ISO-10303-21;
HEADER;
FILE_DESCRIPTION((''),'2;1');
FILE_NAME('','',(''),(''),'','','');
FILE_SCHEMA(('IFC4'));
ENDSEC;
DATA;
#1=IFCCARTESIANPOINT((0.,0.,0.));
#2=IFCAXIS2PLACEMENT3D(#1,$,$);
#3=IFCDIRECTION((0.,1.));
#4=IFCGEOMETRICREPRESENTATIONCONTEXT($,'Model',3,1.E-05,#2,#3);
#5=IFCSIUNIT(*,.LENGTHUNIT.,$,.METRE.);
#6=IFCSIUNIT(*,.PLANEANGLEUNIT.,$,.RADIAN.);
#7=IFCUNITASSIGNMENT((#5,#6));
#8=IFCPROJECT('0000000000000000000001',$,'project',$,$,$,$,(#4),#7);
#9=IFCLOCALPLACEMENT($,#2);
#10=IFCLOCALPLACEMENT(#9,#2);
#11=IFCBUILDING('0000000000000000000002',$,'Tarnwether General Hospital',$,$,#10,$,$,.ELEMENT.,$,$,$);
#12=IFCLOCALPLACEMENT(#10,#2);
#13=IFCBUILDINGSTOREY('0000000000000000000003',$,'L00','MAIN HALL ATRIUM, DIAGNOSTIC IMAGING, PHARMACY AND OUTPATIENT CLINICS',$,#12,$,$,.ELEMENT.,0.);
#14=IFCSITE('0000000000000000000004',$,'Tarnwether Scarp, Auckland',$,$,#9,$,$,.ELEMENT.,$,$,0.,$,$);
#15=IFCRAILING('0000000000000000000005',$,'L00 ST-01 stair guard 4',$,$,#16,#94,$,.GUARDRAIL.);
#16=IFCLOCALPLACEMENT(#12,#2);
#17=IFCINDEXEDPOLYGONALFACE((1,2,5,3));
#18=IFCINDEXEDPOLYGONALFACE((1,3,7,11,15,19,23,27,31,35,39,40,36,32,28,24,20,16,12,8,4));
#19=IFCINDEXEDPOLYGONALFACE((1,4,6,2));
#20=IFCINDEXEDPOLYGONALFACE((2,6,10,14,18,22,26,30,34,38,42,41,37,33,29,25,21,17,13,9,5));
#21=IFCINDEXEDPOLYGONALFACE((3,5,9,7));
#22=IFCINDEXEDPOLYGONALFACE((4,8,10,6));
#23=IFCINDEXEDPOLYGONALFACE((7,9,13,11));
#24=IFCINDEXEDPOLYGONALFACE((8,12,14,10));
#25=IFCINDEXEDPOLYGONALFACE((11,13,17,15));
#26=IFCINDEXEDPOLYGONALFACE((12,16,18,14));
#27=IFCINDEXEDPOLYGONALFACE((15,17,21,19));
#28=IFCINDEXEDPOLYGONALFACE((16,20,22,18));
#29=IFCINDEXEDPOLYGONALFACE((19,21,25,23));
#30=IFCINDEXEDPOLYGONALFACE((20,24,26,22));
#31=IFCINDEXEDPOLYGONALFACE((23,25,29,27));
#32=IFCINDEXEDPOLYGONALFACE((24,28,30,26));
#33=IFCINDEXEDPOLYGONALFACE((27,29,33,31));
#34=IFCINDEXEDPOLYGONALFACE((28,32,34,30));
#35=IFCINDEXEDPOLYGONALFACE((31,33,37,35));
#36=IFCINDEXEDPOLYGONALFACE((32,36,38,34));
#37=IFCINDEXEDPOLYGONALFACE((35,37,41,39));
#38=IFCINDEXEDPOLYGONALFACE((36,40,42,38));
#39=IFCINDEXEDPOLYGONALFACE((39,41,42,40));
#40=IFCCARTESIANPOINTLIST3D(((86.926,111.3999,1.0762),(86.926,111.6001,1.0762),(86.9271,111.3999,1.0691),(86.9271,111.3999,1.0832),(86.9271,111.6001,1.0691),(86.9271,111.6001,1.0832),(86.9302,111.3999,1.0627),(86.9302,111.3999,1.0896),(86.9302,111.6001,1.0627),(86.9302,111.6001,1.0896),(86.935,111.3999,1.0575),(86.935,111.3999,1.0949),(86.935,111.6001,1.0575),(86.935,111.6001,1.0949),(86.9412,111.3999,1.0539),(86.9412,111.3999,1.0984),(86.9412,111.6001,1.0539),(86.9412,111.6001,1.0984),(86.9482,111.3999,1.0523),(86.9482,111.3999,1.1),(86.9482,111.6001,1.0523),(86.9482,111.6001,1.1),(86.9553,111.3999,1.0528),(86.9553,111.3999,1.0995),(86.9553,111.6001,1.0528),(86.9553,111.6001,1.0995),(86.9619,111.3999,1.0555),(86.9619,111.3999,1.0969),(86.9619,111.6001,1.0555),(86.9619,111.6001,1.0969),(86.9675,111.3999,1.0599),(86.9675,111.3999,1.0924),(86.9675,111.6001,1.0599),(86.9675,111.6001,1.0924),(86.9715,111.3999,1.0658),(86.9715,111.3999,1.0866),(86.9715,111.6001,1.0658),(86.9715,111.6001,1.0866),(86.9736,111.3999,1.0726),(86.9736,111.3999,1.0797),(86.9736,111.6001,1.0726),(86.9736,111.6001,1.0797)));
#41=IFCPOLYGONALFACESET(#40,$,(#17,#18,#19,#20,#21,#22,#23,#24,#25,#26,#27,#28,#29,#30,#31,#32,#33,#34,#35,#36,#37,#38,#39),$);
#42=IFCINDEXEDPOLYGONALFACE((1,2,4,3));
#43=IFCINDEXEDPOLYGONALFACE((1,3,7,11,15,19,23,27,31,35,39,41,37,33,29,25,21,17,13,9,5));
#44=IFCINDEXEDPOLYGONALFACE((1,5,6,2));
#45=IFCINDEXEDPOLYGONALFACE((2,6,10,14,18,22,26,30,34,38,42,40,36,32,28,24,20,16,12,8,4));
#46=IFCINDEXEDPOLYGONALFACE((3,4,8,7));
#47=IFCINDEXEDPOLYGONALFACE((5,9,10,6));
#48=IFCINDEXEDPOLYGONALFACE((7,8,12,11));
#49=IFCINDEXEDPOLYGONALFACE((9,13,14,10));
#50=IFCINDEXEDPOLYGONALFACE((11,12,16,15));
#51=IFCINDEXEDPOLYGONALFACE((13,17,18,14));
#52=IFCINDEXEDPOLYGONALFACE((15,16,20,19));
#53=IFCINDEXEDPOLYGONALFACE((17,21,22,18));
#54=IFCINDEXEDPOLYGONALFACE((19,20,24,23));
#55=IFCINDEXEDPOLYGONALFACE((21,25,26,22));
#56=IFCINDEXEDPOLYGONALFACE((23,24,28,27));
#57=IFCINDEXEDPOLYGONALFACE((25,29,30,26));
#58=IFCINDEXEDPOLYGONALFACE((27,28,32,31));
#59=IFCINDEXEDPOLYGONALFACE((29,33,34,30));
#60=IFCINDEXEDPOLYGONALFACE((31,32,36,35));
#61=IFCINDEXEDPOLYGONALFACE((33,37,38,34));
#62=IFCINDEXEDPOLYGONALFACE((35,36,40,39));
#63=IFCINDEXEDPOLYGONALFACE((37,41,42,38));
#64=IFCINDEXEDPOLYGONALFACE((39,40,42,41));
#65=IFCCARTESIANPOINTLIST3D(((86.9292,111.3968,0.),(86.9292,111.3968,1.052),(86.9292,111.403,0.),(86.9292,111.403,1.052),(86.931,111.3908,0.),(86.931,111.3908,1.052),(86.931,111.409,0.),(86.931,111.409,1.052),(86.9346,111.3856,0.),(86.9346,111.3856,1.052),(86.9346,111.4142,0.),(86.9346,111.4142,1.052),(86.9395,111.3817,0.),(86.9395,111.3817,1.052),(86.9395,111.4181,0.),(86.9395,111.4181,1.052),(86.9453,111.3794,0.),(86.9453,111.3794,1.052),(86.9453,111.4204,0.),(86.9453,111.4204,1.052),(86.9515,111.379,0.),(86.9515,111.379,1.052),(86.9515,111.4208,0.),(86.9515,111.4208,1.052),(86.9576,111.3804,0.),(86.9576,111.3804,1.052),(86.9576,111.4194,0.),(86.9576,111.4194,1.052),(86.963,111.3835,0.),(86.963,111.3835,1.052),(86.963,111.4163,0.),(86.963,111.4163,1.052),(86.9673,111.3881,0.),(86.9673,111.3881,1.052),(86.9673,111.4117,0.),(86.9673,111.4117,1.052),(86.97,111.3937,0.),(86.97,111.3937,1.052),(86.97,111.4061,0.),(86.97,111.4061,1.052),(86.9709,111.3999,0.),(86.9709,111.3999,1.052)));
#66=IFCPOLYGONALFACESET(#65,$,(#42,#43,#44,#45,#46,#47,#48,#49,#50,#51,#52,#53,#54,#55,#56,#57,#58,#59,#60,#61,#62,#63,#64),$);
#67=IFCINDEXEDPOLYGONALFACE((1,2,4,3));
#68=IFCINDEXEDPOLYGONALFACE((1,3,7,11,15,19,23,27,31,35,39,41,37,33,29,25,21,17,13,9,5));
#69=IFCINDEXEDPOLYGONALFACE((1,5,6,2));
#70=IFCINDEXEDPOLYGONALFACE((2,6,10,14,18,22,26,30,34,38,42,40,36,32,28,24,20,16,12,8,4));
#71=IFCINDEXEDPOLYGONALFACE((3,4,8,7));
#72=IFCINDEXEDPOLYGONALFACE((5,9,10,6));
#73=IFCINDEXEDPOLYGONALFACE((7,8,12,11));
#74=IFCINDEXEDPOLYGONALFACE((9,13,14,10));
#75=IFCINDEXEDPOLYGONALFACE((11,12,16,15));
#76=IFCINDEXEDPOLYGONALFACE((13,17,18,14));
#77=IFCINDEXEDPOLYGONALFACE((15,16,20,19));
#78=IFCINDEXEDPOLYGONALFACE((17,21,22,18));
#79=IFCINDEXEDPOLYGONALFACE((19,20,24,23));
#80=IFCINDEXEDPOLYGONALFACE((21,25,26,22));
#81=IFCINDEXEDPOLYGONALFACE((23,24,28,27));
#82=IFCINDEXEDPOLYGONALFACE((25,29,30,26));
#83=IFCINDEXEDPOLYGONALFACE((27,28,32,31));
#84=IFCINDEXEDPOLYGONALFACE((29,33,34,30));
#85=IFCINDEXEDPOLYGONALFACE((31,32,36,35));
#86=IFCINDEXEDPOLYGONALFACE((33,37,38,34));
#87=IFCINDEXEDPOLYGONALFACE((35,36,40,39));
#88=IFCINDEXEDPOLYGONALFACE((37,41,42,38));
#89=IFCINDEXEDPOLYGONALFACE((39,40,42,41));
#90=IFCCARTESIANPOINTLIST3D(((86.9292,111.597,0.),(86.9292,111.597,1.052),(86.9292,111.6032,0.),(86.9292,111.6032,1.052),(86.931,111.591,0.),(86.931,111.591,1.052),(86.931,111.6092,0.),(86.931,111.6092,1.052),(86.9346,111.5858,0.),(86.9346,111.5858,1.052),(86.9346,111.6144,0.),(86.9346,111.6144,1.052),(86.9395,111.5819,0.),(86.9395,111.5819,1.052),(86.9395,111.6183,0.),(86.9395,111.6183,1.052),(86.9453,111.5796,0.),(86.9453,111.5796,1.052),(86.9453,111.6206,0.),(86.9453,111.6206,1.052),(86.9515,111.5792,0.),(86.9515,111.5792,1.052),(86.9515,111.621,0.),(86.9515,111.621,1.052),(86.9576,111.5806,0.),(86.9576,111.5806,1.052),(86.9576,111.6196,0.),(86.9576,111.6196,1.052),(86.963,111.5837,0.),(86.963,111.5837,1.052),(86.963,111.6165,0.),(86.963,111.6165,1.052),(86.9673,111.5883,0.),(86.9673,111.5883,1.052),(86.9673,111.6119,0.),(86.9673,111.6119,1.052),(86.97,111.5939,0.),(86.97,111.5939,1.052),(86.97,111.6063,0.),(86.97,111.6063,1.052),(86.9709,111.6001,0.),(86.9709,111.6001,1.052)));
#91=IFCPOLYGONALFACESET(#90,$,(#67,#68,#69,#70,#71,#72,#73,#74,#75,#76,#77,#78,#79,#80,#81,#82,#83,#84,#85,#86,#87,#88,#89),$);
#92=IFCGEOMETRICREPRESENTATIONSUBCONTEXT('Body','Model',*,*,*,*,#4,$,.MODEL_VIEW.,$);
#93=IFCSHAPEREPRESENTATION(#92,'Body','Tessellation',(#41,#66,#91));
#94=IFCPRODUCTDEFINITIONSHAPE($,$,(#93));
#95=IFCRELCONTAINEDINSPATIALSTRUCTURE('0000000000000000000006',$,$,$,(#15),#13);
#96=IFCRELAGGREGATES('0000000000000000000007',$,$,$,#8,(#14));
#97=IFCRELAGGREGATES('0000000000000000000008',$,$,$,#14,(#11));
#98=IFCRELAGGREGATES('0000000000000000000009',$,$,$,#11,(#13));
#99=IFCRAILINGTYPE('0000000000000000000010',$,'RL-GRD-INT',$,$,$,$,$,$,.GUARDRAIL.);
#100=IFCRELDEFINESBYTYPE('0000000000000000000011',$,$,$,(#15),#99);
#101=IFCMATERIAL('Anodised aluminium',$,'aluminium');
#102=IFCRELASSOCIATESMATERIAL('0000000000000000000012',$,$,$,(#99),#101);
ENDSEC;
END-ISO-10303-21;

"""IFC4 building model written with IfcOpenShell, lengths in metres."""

from ifc_helpers import new_model, si_unit, direction, frame, origin, origin_2d, place, context, subcontext, project, spatial, circle, extrude, material, type_object, element, save


model = new_model("IFC4")

# Units and contexts
model_context = context("Model", 3, precision=1e-05, world=origin(), true_north=direction((0.0, 1.0)))
body_context = subcontext(model_context, "Body", "Model", "MODEL_VIEW")
ifc_project = project(units=[si_unit("LENGTHUNIT", "METRE"), si_unit("PLANEANGLEUNIT", "RADIAN")], contexts=[model_context])

# Site, building, storey
site_placement = place(None, origin())
site = spatial("IfcSite", under=ifc_project, at=site_placement, Name="Tarnwether Scarp, Auckland", CompositionType="ELEMENT", RefElevation=0.0)
building_placement = place(site_placement, origin())
building = spatial("IfcBuilding", under=site, at=building_placement, Name="Tarnwether General Hospital", CompositionType="ELEMENT")
storey_placement = place(building_placement, origin())
storey = spatial("IfcBuildingStorey", under=building, at=storey_placement, Name="L00", Description="MAIN HALL ATRIUM, DIAGNOSTIC IMAGING, PHARMACY AND OUTPATIENT CLINICS", CompositionType="ELEMENT", Elevation=0.0)

# Railing
ifc_material_1 = material(Name="Anodised aluminium", Category="aluminium")
railing_type_1 = type_object("IfcRailingType", Name="RL-GRD-INT", PredefinedType="GUARDRAIL", material=ifc_material_1)
railing_1_placement = place(storey_placement, frame((86.95, 111.3999, 0.0)))
element("IfcRailing", 1, at=railing_1_placement, inside=storey, type_object=railing_type_1, Name="L00 ST-01 stair guard 4", PredefinedType="GUARDRAIL", context=body_context, shape_type="SweptSolid", body=[
    extrude(circle(Radius=0.0239, at=origin_2d()), frame((0.0, 0.0, 1.0762), z_axis=(0.0, 1.0, 0.0), x_axis=(-1.0, 0.0, 0.0)), (0.0, 0.0, 1.0), 0.2002),
    extrude(circle(Radius=0.021, at=origin_2d()), origin(), (0.0, 0.0, 1.0), 1.052),
    extrude(circle(Radius=0.021, at=origin_2d()), frame((0.0, 0.2002, 0.0)), (0.0, 0.0, 1.0), 1.052),
])

save(model, "model.ifc")
